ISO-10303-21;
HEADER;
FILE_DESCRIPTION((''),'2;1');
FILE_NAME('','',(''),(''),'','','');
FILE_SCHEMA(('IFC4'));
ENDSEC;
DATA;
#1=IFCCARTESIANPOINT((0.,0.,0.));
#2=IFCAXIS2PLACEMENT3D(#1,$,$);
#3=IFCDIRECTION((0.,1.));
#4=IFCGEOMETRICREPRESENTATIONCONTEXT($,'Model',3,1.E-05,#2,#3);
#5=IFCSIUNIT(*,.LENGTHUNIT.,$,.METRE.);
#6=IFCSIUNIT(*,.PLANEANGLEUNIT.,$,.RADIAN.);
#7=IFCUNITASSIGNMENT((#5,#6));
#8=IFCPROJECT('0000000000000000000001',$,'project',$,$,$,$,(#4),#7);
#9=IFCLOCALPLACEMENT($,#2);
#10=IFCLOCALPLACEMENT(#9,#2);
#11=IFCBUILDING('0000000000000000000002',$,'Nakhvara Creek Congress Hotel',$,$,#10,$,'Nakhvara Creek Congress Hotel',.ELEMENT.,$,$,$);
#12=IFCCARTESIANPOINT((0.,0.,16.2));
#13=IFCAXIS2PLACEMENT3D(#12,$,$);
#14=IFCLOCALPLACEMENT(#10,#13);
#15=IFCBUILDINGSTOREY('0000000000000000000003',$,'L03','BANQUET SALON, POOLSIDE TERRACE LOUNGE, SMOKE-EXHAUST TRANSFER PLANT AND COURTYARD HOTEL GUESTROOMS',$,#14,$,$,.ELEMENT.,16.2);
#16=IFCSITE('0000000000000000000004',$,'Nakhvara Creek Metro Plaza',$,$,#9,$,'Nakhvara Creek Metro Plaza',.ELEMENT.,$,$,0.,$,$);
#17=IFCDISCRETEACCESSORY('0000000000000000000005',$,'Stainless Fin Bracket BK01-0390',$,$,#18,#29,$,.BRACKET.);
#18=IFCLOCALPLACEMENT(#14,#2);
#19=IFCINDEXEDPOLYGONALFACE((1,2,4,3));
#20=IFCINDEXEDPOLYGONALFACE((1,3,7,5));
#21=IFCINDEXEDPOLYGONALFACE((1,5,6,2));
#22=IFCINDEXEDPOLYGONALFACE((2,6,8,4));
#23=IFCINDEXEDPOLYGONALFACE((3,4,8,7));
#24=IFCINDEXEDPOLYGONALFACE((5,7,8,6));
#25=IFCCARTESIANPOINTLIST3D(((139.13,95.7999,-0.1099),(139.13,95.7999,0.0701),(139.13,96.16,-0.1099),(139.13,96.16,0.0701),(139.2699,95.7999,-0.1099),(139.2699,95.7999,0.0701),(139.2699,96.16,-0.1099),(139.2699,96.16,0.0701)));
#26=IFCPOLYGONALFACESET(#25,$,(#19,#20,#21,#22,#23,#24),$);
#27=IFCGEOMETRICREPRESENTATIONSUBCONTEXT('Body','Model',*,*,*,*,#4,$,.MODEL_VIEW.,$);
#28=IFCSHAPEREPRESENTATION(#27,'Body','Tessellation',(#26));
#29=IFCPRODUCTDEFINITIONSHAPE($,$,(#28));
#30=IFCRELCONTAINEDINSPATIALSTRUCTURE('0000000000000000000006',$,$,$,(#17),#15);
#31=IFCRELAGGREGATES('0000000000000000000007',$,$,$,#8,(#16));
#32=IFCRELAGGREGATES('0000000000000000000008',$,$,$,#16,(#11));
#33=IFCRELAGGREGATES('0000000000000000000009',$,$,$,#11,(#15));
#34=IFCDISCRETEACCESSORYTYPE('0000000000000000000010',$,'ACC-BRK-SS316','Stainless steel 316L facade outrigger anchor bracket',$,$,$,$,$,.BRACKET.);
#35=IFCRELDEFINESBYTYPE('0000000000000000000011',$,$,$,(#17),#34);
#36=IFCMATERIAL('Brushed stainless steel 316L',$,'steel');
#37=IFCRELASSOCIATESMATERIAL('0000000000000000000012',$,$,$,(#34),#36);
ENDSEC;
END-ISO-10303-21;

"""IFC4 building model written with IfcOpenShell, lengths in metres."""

from ifc_helpers import new_model, si_unit, direction, frame, origin, origin_2d, place, context, subcontext, project, spatial, rectangle, extrude, material, type_object, element, save


model = new_model("IFC4")

# Units and contexts
model_context = context("Model", 3, precision=1e-05, world=origin(), true_north=direction((0.0, 1.0)))
body_context = subcontext(model_context, "Body", "Model", "MODEL_VIEW")
ifc_project = project(units=[si_unit("LENGTHUNIT", "METRE"), si_unit("PLANEANGLEUNIT", "RADIAN")], contexts=[model_context])

# Site, building, storey
site_placement = place(None, origin())
site = spatial("IfcSite", under=ifc_project, at=site_placement, Name="Nakhvara Creek Metro Plaza", LongName="Nakhvara Creek Metro Plaza", CompositionType="ELEMENT", RefElevation=0.0)
building_placement = place(site_placement, origin())
building = spatial("IfcBuilding", under=site, at=building_placement, Name="Nakhvara Creek Congress Hotel", LongName="Nakhvara Creek Congress Hotel", CompositionType="ELEMENT")
storey_placement = place(building_placement, frame((0.0, 0.0, 16.2)))
storey = spatial("IfcBuildingStorey", under=building, at=storey_placement, Name="L03", Description="BANQUET SALON, POOLSIDE TERRACE LOUNGE, SMOKE-EXHAUST TRANSFER PLANT AND COURTYARD HOTEL GUESTROOMS", CompositionType="ELEMENT", Elevation=16.2)

# Shared definitions
ifc_material_1 = material(Name="Brushed stainless steel 316L", Category="steel")

# Discrete accessory
discrete_accessory_type = type_object("IfcDiscreteAccessoryType", Name="ACC-BRK-SS316", Description="Stainless steel 316L facade outrigger anchor bracket", PredefinedType="BRACKET", material=ifc_material_1)
for number, where, z_axis, x_axis, name in (
    (1, (139.2, 95.98, -0.1099), (0.0, 0.0, 1.0), (1.0, 0.0, 0.0), "Stainless Fin Bracket BK01-0390"),
):
    element("IfcDiscreteAccessory", number, at=place(storey_placement, frame(where, z_axis=z_axis, x_axis=x_axis)), inside=storey, type_object=discrete_accessory_type, Name=name, PredefinedType="BRACKET", context=body_context, shape_type="SweptSolid", body=[
        extrude(rectangle(XDim=0.1399, YDim=0.3601, at=origin_2d()), origin(), (0.0, 0.0, 1.0), 0.1799),
    ])

save(model, "model.ifc")
